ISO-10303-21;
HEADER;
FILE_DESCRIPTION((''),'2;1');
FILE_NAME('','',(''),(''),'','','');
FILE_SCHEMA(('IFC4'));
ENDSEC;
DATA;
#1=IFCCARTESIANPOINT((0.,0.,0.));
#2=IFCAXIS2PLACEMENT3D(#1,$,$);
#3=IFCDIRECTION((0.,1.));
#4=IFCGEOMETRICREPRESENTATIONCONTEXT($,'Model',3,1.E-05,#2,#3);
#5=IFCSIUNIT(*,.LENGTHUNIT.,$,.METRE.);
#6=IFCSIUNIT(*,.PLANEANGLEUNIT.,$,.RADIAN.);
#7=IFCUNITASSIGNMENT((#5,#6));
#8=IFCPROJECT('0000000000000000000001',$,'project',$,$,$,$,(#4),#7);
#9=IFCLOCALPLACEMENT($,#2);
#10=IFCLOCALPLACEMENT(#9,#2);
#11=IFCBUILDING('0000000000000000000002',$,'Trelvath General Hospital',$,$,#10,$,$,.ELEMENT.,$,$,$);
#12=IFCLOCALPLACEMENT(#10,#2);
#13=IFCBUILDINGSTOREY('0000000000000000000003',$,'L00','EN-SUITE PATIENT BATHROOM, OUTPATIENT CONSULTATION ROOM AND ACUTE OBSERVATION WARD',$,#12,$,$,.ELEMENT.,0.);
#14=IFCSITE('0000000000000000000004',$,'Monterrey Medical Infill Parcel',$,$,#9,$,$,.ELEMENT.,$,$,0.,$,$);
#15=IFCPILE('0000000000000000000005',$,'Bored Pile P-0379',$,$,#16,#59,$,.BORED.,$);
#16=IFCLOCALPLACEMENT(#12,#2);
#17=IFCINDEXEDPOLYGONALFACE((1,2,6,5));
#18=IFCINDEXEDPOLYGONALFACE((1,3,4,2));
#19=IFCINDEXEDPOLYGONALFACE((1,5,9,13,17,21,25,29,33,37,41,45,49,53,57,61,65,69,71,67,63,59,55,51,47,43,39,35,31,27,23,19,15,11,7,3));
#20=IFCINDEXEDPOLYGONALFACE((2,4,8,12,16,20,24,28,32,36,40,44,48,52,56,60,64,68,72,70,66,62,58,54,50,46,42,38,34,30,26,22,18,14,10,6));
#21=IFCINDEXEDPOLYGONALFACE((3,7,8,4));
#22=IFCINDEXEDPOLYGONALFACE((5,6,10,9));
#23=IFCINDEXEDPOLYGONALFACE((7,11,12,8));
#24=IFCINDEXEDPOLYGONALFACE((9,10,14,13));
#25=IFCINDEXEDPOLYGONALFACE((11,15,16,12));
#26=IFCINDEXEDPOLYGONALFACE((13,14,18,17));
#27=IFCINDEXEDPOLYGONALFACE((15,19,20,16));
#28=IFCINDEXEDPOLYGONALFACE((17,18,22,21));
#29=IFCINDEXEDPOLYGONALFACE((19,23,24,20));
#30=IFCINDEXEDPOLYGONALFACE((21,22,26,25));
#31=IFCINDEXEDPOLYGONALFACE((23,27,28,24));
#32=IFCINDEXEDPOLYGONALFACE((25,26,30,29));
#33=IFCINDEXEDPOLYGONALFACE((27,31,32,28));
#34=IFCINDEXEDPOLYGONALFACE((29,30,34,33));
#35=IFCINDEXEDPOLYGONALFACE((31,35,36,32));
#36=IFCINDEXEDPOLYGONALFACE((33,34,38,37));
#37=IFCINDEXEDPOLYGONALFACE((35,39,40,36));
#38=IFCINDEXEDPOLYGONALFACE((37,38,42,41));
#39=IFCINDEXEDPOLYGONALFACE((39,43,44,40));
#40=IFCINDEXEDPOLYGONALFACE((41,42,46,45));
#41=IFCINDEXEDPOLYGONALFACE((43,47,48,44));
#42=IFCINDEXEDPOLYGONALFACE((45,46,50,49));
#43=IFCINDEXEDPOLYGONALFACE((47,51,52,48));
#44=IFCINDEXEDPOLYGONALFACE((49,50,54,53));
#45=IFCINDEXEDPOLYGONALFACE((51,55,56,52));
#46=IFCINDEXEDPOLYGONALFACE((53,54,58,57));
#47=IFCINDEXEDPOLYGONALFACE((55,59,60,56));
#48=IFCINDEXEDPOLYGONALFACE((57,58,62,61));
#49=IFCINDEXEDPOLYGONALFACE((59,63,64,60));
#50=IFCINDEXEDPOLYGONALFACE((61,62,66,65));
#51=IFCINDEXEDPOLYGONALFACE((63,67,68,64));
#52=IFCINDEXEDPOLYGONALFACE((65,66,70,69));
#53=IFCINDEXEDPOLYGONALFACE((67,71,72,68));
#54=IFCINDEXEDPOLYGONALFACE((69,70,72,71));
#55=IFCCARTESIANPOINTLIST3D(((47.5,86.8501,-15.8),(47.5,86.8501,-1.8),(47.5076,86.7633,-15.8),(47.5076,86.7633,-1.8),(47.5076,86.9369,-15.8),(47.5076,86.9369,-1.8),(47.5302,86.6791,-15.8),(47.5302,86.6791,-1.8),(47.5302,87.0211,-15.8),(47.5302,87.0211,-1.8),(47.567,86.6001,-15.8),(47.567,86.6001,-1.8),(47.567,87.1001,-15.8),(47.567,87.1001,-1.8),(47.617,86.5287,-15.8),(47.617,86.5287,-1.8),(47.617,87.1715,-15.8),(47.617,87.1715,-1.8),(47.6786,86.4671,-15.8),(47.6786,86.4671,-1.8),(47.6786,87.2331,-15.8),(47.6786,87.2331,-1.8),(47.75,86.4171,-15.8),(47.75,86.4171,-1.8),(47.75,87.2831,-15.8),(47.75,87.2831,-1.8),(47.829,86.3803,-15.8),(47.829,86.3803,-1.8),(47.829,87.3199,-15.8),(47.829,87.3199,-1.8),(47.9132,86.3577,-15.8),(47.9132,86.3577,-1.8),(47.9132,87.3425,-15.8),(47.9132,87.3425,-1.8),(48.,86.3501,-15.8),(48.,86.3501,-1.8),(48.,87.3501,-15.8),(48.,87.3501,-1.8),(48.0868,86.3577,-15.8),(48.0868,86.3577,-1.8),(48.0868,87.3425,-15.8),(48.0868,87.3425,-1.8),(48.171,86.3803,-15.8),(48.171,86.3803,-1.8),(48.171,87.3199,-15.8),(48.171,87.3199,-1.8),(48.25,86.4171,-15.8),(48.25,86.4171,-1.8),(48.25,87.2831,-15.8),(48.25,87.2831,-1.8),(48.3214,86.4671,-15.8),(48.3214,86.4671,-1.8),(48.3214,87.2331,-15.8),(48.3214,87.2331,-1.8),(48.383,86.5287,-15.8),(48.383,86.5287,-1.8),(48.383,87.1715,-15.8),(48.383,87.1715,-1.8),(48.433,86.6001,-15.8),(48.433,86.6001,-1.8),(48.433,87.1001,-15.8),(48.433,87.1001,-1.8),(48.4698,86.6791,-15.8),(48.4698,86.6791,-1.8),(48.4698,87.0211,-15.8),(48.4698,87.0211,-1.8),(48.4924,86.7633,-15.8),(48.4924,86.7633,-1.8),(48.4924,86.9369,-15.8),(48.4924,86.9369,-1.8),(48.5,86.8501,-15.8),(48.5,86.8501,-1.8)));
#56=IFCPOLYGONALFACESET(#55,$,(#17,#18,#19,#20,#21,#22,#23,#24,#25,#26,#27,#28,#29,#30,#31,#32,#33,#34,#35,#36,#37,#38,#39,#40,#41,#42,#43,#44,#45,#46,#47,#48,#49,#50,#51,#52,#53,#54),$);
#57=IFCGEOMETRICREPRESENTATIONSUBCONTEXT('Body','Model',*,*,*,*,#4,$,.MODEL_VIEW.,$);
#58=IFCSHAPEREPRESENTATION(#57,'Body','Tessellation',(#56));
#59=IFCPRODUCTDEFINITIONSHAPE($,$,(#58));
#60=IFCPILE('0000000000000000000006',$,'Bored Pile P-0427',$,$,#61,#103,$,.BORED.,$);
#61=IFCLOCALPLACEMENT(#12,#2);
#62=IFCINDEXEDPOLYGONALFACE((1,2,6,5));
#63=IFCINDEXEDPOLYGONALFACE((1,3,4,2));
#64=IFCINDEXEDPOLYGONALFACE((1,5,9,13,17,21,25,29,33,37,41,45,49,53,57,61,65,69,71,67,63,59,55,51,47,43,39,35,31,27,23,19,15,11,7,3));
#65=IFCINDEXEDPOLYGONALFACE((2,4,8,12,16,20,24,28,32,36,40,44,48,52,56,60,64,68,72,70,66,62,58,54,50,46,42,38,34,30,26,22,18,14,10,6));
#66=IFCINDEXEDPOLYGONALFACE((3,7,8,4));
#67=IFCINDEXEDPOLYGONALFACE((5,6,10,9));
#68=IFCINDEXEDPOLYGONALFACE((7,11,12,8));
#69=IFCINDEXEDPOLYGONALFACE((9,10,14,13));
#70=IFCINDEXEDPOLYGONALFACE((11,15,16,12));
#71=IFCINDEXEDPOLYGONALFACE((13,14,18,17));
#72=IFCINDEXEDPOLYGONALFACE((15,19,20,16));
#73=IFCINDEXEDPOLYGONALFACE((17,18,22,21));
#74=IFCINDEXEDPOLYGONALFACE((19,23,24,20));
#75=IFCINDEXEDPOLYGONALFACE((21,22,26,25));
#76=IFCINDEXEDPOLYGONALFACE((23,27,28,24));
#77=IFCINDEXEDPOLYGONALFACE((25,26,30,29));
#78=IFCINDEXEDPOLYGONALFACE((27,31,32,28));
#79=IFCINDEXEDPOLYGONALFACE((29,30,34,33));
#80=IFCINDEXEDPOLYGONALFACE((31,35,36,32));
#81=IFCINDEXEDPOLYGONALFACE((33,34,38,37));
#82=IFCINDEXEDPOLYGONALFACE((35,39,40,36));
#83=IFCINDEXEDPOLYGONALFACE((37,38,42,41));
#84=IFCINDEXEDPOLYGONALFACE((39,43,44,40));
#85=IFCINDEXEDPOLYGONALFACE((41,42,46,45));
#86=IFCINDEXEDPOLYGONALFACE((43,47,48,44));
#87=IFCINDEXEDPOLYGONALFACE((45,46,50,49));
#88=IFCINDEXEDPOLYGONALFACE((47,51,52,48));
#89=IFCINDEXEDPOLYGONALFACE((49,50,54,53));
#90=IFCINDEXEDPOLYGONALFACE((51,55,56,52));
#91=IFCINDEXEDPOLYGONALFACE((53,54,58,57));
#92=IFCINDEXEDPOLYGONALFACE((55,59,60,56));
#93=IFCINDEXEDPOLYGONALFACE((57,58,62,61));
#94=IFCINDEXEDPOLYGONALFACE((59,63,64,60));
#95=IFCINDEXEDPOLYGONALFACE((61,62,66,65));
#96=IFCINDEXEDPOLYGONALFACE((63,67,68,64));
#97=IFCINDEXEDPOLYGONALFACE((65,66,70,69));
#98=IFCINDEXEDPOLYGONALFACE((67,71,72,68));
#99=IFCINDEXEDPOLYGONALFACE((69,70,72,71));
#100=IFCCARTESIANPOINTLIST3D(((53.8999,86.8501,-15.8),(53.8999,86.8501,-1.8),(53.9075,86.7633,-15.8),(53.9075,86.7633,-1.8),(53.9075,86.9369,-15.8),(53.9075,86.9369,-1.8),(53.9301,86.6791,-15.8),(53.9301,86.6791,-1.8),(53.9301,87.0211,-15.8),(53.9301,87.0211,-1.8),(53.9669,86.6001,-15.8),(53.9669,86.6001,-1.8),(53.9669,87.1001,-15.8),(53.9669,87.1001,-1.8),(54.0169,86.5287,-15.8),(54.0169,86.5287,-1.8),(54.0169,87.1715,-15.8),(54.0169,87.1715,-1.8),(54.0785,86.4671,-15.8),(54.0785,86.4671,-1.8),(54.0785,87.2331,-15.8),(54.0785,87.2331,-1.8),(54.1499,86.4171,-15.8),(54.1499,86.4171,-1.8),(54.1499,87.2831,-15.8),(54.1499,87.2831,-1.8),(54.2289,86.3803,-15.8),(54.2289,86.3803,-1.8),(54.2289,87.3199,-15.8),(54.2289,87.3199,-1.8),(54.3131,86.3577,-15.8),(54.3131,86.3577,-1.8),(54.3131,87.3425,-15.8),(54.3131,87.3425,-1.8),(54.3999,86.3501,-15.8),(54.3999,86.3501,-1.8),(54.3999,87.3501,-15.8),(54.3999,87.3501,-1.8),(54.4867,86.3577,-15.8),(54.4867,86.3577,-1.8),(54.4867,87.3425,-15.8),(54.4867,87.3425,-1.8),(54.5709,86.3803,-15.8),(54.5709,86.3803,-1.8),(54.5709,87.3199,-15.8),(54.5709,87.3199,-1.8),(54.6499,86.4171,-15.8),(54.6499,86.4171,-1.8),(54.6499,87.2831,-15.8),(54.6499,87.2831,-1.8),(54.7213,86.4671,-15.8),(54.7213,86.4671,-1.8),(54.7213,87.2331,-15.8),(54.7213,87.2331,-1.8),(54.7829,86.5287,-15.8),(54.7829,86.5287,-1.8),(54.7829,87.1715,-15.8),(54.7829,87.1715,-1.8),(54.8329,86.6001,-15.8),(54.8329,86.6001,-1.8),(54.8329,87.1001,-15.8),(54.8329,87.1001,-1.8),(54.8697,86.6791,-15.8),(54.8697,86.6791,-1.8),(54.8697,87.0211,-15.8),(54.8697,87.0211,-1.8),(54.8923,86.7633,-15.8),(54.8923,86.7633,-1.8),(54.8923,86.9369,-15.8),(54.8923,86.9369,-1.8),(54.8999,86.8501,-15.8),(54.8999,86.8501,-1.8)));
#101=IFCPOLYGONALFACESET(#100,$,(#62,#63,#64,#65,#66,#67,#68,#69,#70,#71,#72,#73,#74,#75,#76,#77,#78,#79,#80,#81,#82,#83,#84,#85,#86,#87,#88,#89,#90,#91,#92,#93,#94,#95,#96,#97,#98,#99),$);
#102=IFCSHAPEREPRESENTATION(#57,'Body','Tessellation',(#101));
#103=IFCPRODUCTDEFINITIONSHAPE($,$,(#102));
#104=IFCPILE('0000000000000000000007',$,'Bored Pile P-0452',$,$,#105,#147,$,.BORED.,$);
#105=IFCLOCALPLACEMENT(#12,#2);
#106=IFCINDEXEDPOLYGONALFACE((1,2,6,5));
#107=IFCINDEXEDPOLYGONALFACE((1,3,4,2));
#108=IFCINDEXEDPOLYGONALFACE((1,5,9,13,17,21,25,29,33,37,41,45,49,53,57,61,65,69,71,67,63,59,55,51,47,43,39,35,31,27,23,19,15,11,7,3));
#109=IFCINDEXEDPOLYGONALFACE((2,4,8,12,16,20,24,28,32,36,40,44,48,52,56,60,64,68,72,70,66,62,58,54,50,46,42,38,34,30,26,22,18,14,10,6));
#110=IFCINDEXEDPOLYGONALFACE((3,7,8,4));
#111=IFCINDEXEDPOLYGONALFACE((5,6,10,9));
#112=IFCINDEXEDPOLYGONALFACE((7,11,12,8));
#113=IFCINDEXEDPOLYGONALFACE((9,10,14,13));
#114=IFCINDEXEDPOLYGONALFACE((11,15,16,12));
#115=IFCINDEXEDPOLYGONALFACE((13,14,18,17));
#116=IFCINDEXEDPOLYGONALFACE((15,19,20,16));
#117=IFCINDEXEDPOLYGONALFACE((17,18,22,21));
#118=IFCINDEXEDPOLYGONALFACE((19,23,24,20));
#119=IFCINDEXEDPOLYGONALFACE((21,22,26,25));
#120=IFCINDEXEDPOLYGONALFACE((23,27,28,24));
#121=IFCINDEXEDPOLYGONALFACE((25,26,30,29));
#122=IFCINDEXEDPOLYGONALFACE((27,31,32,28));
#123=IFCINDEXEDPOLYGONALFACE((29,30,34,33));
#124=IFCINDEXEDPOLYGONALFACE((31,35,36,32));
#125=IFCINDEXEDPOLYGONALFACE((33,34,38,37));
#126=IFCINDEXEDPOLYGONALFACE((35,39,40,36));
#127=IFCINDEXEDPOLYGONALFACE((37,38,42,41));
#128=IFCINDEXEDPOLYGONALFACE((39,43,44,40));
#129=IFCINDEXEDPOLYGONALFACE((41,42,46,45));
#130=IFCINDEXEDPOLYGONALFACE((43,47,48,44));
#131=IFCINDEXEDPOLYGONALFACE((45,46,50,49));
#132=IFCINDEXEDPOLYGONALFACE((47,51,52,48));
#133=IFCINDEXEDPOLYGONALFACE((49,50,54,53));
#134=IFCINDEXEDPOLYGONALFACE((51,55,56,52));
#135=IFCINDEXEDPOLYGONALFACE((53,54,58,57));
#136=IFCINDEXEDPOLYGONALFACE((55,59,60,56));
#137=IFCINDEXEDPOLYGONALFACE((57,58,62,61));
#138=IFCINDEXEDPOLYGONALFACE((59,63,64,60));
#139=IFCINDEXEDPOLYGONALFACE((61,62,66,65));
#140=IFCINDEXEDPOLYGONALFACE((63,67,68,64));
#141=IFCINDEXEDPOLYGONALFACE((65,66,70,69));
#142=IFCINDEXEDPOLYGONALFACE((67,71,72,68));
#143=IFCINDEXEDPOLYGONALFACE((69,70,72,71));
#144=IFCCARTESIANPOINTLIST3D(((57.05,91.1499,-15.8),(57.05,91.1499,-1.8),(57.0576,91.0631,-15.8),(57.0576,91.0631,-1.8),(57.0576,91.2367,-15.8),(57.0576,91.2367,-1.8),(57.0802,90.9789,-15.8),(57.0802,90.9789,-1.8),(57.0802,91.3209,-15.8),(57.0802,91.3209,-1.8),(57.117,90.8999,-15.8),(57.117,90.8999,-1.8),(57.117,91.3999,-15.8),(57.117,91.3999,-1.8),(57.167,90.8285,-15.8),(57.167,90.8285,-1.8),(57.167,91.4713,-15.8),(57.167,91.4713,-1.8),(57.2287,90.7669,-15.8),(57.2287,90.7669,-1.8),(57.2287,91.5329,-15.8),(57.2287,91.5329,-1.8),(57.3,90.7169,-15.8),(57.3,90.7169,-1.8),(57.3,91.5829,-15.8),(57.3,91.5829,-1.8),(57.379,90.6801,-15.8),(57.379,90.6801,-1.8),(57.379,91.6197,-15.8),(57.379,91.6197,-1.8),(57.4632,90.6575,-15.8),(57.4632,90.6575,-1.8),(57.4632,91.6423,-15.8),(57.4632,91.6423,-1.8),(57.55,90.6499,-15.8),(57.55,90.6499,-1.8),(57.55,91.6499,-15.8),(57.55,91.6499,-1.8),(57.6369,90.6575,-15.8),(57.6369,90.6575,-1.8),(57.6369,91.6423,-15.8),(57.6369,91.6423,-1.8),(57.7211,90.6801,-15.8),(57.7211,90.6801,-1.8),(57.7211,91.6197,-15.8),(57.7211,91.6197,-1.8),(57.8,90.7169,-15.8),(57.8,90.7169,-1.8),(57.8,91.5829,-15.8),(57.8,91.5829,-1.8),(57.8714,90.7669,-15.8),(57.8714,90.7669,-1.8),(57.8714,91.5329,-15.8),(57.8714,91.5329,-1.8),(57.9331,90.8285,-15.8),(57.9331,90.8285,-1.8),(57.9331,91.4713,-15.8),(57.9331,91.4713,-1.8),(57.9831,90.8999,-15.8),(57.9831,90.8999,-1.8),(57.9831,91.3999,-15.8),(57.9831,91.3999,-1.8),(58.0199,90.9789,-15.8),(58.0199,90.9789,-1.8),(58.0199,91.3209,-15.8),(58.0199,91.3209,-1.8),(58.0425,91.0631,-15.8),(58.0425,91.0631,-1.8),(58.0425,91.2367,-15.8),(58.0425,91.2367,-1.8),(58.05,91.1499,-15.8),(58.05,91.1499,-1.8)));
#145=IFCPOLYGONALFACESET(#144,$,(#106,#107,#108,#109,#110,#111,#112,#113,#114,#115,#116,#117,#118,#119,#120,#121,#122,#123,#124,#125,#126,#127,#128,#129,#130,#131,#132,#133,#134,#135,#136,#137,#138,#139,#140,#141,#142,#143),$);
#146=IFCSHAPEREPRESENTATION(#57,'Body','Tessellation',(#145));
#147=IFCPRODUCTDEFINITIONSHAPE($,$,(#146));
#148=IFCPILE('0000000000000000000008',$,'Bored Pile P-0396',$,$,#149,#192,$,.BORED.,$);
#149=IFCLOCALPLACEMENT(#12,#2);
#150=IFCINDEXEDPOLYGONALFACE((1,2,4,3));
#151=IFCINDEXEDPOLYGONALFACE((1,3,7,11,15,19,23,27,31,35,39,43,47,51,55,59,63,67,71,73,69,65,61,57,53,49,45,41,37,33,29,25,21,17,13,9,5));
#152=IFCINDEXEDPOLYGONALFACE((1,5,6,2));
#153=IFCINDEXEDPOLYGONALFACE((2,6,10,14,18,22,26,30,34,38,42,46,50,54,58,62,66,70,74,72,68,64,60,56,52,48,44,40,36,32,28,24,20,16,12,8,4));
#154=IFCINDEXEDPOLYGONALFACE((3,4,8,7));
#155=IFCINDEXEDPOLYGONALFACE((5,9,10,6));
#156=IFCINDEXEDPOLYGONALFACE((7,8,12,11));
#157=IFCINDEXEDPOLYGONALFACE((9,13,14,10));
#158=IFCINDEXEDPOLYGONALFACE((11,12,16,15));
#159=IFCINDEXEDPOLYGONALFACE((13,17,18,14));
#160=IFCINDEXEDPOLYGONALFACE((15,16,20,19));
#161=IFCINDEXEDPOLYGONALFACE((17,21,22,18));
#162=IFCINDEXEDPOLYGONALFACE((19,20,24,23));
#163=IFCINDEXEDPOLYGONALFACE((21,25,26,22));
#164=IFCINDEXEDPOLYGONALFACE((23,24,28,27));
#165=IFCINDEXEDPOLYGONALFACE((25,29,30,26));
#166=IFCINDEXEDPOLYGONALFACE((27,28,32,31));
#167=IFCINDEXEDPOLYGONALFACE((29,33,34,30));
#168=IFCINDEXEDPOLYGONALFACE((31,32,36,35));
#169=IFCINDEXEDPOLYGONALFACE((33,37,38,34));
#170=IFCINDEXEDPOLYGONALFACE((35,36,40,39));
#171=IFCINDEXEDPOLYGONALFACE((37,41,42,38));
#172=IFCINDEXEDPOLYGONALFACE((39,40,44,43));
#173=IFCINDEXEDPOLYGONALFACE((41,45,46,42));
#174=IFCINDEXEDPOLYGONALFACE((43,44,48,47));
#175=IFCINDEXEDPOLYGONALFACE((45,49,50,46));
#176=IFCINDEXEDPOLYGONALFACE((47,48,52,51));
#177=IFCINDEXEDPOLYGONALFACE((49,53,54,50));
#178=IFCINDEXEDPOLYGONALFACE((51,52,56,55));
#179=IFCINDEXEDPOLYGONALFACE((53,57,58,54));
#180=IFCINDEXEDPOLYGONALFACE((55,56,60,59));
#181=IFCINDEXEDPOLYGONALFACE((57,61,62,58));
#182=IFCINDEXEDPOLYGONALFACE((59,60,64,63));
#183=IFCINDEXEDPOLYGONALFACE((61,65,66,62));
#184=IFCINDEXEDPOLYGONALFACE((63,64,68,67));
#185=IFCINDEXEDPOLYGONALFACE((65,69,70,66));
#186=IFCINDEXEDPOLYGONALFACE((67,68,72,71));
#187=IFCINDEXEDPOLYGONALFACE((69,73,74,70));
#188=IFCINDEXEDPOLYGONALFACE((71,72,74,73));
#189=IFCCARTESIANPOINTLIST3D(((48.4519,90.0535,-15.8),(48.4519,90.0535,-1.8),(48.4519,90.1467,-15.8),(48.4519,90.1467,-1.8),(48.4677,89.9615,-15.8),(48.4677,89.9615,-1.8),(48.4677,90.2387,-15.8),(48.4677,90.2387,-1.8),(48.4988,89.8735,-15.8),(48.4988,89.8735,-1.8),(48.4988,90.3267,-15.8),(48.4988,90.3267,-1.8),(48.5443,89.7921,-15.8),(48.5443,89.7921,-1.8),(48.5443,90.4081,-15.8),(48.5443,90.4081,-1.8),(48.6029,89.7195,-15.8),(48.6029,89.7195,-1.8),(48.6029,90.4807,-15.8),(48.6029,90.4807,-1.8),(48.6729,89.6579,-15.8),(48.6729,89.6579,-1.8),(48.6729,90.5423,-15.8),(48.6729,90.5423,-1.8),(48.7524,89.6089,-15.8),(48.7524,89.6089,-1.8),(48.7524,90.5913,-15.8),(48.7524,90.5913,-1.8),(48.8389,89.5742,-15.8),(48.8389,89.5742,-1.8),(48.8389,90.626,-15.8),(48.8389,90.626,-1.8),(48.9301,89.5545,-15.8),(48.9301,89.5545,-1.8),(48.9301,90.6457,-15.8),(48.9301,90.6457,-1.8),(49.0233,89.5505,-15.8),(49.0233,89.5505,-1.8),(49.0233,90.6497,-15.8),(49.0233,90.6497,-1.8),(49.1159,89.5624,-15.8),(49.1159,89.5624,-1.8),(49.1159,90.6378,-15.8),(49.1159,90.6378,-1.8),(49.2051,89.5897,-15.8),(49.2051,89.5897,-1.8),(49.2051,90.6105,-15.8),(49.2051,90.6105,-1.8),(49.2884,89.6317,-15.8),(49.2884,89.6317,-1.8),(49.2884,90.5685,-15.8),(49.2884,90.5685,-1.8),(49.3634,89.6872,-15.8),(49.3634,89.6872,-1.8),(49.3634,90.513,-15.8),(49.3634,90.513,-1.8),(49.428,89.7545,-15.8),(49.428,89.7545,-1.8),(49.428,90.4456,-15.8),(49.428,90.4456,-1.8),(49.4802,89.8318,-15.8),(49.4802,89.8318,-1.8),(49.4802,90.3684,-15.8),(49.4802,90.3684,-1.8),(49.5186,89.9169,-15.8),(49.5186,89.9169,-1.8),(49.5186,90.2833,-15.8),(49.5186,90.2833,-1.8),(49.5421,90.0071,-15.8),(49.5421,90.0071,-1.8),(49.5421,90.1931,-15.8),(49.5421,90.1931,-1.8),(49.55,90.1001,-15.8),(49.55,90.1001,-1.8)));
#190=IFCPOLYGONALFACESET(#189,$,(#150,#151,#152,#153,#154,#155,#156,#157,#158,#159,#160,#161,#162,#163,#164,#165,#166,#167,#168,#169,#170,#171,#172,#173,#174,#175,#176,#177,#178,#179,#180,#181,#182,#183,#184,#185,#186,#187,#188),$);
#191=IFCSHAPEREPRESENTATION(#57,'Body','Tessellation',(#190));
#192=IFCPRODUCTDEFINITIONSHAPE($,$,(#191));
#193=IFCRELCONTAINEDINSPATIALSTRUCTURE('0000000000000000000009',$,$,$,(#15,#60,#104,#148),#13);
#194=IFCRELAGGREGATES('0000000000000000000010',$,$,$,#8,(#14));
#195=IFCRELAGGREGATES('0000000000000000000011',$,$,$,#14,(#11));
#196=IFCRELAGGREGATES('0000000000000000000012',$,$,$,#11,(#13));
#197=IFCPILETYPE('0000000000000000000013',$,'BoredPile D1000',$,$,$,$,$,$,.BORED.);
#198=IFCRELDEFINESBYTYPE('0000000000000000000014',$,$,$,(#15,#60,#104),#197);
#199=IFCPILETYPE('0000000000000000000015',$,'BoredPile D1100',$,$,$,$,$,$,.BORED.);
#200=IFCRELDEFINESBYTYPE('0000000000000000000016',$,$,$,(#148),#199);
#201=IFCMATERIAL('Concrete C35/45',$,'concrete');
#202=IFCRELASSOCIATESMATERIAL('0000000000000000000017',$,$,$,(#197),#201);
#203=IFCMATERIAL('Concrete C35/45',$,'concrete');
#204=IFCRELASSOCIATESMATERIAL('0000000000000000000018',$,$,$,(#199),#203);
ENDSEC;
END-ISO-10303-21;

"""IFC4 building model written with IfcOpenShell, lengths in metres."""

from ifc_helpers import new_model, si_unit, direction, frame, origin, origin_2d, place, context, subcontext, project, spatial, circle, extrude, material, material_profile, profile_set, type_object, element, save


model = new_model("IFC4")

# Units and contexts
model_context = context("Model", 3, precision=1e-05, world=origin(), true_north=direction((0.0, 1.0)))
body_context = subcontext(model_context, "Body", "Model", "MODEL_VIEW")
ifc_project = project(units=[si_unit("LENGTHUNIT", "METRE"), si_unit("PLANEANGLEUNIT", "RADIAN")], contexts=[model_context])

# Site, building, storey
site_placement = place(None, origin())
site = spatial("IfcSite", under=ifc_project, at=site_placement, Name="Monterrey Medical Infill Parcel", CompositionType="ELEMENT", RefElevation=0.0)
building_placement = place(site_placement, origin())
building = spatial("IfcBuilding", under=site, at=building_placement, Name="Trelvath General Hospital", CompositionType="ELEMENT")
storey_placement = place(building_placement, origin())
storey = spatial("IfcBuildingStorey", under=building, at=storey_placement, Name="L00", Description="EN-SUITE PATIENT BATHROOM, OUTPATIENT CONSULTATION ROOM AND ACUTE OBSERVATION WARD", CompositionType="ELEMENT", Elevation=0.0)

# Piles
ifc_material_1 = material(Name="Concrete C35/45", Category="concrete")
ifc_material_profile_1 = material_profile(ifc_material_1, circle(Radius=0.5, at=origin_2d()), Name="PILE1000")
ifc_profile_set_1 = profile_set([ifc_material_profile_1], Name="Concrete C35/45")
pile_type_1 = type_object("IfcPileType", Name="BoredPile D1000", PredefinedType="BORED", material=ifc_profile_set_1)
for number, where, z_axis, x_axis, name in (
    (1, (48.0, 86.8501, -1.8), (0.0, 0.0, -1.0), (1.0, 0.0, 0.0), "Bored Pile P-0379"),
    (2, (54.3999, 86.8501, -1.8), (0.0, 0.0, -1.0), (1.0, 0.0, 0.0), "Bored Pile P-0427"),
    (3, (57.55, 91.1499, -1.8), (0.0, 0.0, -1.0), (1.0, 0.0, 0.0), "Bored Pile P-0452"),
):
    element("IfcPile", number, at=place(storey_placement, frame(where, z_axis=z_axis, x_axis=x_axis)), inside=storey, type_object=pile_type_1, Name=name, PredefinedType="BORED", context=body_context, shape_type="SweptSolid", body=[
        extrude(circle(Radius=0.5, at=origin_2d()), origin(), (0.0, 0.0, 1.0), 14.0),
    ])
ifc_material_2 = material(Name="Concrete C35/45", Category="concrete")
ifc_material_profile_2 = material_profile(ifc_material_2, circle(Radius=0.55, at=origin_2d()), Name="PILE1100")
ifc_profile_set_2 = profile_set([ifc_material_profile_2], Name="Concrete C35/45")
pile_type_2 = type_object("IfcPileType", Name="BoredPile D1100", PredefinedType="BORED", material=ifc_profile_set_2)
for number, where, z_axis, x_axis, name in (
    (4, (49.0, 90.1001, -1.8), (0.0, 0.0, -1.0), (1.0, 0.0, 0.0), "Bored Pile P-0396"),
):
    element("IfcPile", number, at=place(storey_placement, frame(where, z_axis=z_axis, x_axis=x_axis)), inside=storey, type_object=pile_type_2, Name=name, PredefinedType="BORED", context=body_context, shape_type="SweptSolid", body=[
        extrude(circle(Radius=0.55, at=origin_2d()), origin(), (0.0, 0.0, 1.0), 14.0),
    ])

save(model, "model.ifc")
